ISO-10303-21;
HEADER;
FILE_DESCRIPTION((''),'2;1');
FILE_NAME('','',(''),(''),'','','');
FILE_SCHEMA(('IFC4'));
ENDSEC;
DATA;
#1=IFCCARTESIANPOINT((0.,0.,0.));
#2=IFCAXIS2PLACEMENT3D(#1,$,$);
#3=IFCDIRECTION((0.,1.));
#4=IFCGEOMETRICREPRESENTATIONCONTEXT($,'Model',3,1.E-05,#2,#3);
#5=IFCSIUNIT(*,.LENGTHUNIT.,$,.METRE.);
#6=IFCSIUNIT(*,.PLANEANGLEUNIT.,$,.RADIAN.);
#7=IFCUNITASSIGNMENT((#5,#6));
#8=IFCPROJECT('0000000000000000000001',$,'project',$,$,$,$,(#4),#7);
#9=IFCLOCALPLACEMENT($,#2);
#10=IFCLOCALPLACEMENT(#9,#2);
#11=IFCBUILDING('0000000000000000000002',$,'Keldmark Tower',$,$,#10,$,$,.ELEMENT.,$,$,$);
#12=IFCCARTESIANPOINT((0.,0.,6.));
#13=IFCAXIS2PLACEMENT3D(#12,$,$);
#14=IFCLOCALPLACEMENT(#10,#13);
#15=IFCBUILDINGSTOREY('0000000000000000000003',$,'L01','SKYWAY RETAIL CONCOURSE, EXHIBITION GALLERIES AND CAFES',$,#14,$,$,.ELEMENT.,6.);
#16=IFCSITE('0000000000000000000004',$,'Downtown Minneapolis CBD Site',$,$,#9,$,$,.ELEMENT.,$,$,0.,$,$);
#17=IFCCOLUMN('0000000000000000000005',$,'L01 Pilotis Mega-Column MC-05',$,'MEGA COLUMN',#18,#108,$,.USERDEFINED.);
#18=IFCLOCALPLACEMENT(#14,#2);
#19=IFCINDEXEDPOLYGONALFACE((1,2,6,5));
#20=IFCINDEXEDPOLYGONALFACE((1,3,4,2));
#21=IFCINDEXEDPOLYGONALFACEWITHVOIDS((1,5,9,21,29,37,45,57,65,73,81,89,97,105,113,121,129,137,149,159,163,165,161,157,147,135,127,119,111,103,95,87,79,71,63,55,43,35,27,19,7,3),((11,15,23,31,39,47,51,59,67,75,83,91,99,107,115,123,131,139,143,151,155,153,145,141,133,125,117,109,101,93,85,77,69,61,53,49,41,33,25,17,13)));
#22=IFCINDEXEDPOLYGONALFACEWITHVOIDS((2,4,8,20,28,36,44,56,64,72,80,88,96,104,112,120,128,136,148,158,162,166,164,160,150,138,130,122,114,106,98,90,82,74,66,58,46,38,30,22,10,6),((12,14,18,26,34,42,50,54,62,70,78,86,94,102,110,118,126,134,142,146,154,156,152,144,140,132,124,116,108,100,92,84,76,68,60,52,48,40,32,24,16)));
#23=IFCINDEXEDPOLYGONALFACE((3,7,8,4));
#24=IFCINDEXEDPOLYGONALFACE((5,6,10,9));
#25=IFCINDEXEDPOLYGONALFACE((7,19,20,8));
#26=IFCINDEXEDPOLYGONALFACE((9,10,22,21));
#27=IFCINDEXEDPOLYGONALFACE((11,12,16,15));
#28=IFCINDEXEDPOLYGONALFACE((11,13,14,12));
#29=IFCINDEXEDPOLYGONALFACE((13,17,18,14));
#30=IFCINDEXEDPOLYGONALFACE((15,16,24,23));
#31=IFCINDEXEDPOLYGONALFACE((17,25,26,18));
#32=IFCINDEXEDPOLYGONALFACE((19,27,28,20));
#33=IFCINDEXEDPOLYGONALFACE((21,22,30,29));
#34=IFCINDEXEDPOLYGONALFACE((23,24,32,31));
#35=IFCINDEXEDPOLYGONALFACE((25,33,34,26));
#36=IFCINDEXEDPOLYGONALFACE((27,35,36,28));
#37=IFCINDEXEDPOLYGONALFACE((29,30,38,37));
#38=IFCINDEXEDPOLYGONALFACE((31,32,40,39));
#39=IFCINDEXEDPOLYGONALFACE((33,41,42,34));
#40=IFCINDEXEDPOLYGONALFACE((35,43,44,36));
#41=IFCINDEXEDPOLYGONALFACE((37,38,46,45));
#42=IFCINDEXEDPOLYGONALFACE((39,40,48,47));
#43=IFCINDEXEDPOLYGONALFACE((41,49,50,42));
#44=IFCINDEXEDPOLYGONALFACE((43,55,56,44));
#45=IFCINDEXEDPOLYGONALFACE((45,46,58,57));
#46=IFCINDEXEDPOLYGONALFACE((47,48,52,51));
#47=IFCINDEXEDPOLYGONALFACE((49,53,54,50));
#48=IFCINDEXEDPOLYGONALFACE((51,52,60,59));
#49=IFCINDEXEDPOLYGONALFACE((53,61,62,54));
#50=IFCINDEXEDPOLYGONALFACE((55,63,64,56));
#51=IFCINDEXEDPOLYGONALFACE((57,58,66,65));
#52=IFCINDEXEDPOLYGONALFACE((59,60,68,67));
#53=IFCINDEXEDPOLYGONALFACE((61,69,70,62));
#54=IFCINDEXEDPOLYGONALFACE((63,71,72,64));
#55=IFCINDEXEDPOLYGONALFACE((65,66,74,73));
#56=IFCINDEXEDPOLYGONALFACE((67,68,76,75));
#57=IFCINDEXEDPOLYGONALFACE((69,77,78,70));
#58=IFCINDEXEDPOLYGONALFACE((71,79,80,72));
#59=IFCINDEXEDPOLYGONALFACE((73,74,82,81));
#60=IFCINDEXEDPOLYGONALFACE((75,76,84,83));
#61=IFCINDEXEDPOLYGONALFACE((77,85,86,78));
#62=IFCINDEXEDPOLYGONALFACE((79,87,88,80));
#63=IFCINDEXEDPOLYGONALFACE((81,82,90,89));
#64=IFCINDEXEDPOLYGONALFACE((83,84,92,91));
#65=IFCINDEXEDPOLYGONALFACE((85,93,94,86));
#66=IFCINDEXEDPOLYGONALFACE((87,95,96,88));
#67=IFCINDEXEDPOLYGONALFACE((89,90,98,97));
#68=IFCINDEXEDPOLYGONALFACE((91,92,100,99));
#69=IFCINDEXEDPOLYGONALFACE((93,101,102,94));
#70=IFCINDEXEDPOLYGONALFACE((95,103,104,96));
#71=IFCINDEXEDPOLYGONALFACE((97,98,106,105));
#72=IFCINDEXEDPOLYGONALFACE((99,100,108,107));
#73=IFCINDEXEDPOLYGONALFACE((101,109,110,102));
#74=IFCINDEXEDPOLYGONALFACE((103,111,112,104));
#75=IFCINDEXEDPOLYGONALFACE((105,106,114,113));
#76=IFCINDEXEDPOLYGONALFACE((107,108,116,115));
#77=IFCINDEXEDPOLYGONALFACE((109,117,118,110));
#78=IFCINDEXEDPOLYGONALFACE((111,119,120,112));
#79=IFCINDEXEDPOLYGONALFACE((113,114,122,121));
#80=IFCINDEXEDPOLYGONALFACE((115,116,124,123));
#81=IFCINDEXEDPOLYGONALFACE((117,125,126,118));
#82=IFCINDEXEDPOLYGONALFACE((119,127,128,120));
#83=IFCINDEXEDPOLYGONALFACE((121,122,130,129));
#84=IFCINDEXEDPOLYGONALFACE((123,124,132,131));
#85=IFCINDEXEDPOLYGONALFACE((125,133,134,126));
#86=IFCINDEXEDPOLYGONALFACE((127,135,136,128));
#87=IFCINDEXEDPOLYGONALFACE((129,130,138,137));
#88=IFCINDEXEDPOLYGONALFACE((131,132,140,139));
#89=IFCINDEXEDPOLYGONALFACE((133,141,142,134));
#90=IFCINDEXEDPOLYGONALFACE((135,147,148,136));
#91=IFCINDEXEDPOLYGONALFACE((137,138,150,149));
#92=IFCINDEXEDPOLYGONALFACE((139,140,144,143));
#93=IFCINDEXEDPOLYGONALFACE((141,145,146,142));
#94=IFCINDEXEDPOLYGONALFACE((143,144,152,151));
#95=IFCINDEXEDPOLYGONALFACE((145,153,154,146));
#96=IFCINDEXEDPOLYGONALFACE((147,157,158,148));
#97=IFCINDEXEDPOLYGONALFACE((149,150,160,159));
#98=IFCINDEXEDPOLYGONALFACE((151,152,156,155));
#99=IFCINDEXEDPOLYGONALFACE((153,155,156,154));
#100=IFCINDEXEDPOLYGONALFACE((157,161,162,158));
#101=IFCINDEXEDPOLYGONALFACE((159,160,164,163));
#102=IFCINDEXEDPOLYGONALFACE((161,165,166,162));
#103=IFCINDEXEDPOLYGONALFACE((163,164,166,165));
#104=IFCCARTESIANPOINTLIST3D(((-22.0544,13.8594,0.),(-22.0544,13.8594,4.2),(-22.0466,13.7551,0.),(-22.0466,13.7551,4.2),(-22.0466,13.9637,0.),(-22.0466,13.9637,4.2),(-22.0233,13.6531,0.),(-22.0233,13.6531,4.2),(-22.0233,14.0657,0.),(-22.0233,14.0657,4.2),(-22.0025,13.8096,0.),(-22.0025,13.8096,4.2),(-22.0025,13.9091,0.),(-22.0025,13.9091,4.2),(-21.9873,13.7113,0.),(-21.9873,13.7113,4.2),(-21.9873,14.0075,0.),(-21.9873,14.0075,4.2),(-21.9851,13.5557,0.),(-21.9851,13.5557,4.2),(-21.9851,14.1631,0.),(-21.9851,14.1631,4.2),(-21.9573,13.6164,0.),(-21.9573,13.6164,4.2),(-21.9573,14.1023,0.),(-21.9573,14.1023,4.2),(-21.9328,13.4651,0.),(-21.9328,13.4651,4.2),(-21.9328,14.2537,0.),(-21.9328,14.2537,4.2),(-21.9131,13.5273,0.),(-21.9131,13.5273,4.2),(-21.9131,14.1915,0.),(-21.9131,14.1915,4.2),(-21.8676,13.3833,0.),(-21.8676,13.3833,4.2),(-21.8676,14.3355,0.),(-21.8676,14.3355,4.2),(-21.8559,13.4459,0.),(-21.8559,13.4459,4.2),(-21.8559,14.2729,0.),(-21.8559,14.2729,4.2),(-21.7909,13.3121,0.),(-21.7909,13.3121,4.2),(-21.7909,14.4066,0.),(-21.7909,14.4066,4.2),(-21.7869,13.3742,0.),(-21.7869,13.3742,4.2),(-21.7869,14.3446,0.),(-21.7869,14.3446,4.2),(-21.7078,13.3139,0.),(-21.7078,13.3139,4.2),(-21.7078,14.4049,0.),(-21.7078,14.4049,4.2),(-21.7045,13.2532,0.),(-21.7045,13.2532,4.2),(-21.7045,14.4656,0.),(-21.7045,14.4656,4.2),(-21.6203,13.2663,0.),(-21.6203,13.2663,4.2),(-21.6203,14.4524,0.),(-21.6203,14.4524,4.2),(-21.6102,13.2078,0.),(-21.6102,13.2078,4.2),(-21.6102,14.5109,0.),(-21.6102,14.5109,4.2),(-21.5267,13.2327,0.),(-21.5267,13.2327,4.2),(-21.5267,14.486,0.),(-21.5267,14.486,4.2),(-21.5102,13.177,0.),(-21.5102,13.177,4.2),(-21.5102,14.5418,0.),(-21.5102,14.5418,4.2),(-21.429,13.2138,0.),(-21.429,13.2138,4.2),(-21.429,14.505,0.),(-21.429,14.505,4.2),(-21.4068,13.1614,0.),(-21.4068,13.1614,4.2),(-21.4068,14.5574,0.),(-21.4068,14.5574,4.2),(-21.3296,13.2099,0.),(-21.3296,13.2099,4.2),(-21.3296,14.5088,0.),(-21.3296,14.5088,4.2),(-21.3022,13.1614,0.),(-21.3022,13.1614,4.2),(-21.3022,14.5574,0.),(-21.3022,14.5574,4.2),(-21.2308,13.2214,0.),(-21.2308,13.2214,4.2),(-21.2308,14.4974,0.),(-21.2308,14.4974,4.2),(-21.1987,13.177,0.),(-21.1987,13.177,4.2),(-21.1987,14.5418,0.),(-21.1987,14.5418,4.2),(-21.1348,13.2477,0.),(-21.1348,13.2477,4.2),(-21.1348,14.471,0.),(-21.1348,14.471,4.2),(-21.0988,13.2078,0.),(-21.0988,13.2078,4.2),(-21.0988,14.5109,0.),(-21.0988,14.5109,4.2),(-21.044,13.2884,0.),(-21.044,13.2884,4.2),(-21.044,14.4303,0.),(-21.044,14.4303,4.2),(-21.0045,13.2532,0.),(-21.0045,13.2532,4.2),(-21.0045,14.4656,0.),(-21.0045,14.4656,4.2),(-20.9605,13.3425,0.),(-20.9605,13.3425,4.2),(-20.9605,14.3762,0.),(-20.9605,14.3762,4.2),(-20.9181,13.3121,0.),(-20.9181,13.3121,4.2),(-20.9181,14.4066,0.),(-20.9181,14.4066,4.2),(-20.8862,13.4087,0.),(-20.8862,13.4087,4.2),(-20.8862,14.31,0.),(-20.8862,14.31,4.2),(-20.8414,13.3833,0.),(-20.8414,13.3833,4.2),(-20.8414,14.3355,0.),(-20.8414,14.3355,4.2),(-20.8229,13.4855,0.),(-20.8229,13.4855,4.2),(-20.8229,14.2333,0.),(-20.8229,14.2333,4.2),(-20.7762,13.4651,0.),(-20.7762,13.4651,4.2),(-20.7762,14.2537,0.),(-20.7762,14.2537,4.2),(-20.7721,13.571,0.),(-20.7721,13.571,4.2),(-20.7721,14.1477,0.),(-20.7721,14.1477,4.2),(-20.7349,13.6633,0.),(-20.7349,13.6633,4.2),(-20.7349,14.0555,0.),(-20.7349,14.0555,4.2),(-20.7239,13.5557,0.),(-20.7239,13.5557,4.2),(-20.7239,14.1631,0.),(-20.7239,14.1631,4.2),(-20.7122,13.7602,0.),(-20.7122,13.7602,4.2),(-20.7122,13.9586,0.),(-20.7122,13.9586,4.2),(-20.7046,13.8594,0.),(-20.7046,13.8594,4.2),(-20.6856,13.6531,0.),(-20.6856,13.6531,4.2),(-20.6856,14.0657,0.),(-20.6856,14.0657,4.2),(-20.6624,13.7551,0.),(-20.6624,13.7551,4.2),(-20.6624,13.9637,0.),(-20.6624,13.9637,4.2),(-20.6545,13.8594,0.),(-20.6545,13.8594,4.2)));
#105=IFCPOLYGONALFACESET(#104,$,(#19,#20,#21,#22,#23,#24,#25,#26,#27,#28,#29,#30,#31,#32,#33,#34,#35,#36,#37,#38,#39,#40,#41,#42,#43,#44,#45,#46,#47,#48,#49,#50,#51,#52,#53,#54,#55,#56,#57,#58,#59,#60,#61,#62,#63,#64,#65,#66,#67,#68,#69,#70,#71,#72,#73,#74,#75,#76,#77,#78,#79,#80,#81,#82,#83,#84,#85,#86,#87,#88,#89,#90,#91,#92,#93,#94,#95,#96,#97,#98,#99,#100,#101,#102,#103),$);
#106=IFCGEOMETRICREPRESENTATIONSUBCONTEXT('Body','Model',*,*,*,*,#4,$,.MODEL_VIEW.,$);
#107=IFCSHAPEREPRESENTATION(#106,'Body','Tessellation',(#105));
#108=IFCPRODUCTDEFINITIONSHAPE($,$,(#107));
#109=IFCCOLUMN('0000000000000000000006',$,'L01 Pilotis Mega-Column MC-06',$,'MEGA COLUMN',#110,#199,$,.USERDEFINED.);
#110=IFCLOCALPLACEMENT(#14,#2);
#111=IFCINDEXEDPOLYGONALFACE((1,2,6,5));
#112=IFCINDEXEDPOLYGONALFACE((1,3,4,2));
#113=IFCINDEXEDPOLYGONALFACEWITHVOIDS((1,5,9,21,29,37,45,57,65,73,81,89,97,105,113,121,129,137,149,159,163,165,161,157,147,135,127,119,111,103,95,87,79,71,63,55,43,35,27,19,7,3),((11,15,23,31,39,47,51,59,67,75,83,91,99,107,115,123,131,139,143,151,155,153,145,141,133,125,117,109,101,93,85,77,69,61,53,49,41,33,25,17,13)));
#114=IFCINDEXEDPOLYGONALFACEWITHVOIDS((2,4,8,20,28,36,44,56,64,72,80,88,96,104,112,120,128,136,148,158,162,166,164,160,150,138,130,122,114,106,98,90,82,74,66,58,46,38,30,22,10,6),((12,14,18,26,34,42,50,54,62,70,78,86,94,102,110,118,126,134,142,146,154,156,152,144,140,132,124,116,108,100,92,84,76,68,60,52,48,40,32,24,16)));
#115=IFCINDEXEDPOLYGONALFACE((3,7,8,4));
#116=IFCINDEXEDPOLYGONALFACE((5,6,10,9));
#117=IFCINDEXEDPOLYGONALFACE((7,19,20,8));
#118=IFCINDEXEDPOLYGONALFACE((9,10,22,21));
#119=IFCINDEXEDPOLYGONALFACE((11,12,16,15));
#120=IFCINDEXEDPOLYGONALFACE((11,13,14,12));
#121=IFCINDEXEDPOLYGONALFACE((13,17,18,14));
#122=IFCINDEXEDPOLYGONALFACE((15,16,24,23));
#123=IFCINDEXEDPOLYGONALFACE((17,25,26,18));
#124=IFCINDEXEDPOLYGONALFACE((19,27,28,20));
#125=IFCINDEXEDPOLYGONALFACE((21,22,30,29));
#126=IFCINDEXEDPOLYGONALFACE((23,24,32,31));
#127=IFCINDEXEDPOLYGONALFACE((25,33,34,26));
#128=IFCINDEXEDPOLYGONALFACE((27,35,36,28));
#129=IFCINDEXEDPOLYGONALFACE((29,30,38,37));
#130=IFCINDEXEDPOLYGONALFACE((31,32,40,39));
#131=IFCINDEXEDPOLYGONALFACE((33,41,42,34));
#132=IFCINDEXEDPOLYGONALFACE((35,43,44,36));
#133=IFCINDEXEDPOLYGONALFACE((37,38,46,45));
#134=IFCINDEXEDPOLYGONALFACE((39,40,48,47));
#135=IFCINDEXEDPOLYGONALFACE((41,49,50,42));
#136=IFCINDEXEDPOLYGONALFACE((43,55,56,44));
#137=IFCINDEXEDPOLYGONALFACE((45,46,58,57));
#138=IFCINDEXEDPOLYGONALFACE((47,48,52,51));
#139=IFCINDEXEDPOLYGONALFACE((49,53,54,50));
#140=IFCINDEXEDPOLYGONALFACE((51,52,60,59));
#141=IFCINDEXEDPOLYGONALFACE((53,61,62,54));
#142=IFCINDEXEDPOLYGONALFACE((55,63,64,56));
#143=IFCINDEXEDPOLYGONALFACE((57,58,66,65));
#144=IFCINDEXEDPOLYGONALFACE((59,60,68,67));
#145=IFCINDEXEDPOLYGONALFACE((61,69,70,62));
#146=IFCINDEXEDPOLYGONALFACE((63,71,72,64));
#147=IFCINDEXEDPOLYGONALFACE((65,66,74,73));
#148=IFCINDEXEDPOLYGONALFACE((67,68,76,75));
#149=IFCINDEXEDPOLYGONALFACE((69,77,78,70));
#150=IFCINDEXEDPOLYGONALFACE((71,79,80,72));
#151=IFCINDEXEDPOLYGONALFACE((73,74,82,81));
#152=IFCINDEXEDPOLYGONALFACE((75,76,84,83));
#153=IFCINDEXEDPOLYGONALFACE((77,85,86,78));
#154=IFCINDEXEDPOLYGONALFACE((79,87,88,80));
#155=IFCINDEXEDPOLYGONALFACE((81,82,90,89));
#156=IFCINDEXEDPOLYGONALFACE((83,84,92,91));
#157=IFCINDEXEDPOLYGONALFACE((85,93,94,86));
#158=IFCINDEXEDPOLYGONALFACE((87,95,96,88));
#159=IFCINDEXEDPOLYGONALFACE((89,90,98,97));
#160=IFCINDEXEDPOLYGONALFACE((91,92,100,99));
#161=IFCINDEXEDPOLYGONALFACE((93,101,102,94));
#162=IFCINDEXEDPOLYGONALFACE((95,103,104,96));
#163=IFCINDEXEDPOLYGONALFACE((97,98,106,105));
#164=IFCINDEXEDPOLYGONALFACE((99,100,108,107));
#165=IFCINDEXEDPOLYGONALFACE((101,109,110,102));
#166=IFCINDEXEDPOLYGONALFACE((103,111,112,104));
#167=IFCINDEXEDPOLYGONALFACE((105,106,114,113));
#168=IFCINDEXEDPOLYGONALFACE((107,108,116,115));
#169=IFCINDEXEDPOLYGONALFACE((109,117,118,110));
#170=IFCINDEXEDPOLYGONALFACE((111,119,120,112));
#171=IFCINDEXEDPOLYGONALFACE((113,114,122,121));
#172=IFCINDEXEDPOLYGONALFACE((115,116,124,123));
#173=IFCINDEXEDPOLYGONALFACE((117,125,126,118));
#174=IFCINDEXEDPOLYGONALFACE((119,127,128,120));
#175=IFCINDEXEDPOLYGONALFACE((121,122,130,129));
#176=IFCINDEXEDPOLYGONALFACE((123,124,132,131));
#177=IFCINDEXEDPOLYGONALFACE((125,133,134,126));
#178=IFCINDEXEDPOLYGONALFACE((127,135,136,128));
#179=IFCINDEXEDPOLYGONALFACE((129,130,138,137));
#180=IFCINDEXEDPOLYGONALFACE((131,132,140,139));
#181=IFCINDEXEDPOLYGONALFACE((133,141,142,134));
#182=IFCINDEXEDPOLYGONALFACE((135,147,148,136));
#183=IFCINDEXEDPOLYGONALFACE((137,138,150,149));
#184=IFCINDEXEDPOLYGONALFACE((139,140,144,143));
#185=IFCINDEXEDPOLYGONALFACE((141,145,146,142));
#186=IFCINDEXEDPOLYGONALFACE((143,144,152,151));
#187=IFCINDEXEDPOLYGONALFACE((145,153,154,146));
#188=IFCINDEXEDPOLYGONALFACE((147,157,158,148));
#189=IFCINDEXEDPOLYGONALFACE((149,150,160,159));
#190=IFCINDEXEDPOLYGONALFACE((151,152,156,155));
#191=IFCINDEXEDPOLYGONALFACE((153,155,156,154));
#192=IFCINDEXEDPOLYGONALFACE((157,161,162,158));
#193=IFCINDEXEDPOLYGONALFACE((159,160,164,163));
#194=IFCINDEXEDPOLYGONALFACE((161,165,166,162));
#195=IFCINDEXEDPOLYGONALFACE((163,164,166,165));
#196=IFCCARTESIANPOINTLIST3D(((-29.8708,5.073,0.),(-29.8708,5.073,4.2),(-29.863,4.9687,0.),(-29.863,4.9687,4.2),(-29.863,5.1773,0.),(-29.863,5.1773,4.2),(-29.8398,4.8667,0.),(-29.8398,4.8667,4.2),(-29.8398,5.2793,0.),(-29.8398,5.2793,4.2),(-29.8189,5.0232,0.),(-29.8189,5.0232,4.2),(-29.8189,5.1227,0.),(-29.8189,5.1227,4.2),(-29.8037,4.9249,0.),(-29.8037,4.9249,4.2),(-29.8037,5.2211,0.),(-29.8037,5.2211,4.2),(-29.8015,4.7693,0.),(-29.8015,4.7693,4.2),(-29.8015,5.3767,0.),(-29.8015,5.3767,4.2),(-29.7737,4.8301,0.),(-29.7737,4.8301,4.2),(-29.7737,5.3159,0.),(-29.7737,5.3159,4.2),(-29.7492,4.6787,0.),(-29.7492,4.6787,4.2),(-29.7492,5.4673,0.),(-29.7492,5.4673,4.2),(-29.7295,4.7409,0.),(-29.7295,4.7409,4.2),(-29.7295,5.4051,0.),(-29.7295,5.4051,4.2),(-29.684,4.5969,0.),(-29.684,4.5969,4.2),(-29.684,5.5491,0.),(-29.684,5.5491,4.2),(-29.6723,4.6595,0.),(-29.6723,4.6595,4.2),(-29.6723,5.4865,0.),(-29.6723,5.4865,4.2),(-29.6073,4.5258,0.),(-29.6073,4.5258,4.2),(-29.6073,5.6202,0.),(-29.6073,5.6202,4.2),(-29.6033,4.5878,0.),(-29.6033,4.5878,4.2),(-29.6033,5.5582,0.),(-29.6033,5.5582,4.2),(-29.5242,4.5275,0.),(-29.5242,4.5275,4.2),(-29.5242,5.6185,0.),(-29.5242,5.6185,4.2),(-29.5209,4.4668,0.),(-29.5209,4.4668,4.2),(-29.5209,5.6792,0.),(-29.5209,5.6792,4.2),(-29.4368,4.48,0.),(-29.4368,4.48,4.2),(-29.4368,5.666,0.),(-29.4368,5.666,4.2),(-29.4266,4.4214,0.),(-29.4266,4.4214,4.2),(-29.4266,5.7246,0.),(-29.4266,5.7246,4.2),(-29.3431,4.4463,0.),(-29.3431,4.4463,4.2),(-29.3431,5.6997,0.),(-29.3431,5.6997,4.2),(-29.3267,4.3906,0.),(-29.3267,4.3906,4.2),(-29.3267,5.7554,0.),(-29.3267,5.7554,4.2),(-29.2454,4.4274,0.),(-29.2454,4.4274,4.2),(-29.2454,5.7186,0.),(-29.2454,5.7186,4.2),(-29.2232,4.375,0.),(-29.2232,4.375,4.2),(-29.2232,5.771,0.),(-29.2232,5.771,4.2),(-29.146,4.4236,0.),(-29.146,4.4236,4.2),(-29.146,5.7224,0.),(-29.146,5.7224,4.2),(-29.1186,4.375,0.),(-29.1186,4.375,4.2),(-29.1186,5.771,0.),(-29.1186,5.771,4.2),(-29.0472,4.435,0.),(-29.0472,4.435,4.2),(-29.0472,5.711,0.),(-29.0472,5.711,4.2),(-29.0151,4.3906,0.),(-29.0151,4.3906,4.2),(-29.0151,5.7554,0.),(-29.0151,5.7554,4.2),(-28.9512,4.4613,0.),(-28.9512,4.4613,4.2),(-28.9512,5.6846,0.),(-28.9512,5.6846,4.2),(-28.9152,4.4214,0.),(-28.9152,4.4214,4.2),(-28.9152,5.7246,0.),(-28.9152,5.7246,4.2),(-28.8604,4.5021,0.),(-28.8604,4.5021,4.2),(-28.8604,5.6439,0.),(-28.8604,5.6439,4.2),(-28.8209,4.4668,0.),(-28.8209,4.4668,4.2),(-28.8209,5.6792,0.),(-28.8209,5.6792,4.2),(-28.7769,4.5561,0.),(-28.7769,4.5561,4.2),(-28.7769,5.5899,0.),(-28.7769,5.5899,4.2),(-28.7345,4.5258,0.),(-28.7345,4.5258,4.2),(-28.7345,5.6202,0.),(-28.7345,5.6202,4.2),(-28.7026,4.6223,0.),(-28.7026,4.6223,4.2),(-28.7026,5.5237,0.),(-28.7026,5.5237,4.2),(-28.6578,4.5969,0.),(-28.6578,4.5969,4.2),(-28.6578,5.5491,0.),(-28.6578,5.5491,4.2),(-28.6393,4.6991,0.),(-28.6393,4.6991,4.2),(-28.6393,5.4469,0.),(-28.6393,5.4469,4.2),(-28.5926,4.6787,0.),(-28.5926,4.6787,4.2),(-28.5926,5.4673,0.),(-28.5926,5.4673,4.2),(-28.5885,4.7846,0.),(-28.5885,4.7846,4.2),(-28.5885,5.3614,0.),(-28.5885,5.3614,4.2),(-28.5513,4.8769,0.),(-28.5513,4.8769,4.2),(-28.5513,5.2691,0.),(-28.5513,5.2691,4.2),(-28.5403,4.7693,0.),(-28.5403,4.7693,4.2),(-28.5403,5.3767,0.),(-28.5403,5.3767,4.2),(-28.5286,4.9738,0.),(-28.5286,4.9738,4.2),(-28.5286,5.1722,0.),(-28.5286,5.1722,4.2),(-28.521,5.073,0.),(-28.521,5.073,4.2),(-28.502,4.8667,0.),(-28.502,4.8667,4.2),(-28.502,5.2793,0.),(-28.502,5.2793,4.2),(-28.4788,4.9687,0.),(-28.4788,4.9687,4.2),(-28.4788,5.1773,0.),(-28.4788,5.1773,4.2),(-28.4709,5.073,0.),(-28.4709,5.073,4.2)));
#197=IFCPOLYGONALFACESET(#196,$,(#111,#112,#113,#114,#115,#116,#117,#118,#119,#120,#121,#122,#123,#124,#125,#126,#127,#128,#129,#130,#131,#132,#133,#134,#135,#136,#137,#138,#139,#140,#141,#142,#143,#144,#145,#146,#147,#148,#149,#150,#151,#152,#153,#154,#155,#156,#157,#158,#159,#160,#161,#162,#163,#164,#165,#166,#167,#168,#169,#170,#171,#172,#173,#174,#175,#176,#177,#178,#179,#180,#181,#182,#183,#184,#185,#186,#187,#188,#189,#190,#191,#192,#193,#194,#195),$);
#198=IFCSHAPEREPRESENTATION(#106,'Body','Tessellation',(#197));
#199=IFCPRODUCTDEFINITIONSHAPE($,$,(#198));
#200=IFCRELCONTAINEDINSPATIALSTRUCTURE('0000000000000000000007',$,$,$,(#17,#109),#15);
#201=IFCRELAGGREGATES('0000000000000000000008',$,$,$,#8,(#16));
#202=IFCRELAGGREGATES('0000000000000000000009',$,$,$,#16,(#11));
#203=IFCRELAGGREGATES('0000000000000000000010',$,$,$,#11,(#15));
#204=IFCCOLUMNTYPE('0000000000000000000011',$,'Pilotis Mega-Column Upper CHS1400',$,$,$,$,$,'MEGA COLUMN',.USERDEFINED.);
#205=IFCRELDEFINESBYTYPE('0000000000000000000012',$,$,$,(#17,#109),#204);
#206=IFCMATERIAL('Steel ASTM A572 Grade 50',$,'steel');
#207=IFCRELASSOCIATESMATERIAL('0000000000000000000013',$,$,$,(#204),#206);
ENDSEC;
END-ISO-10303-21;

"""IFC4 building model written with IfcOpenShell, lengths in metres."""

from ifc_helpers import new_model, si_unit, direction, frame, origin, origin_2d, place, context, subcontext, project, spatial, hollow_circle, extrude, material, material_profile, profile_set, type_object, element, save


model = new_model("IFC4")

# Units and contexts
model_context = context("Model", 3, precision=1e-05, world=origin(), true_north=direction((0.0, 1.0)))
body_context = subcontext(model_context, "Body", "Model", "MODEL_VIEW")
ifc_project = project(units=[si_unit("LENGTHUNIT", "METRE"), si_unit("PLANEANGLEUNIT", "RADIAN")], contexts=[model_context])

# Site, building, storey
site_placement = place(None, origin())
site = spatial("IfcSite", under=ifc_project, at=site_placement, Name="Downtown Minneapolis CBD Site", CompositionType="ELEMENT", RefElevation=0.0)
building_placement = place(site_placement, origin())
building = spatial("IfcBuilding", under=site, at=building_placement, Name="Keldmark Tower", CompositionType="ELEMENT")
storey_placement = place(building_placement, frame((0.0, 0.0, 6.0)))
storey = spatial("IfcBuildingStorey", under=building, at=storey_placement, Name="L01", Description="SKYWAY RETAIL CONCOURSE, EXHIBITION GALLERIES AND CAFES", CompositionType="ELEMENT", Elevation=6.0)

# Columns
ifc_material_1 = material(Name="Steel ASTM A572 Grade 50", Category="steel")
ifc_material_profile_1 = material_profile(ifc_material_1, hollow_circle(Radius=0.7, WallThickness=0.05, at=origin_2d()), Name="CHS1400X50")
ifc_profile_set_1 = profile_set([ifc_material_profile_1], Name="Steel ASTM A572 Grade 50")
column_type = type_object("IfcColumnType", Name="Pilotis Mega-Column Upper CHS1400", ElementType="MEGA COLUMN", PredefinedType="USERDEFINED", material=ifc_profile_set_1)
for number, where, z_axis, x_axis, name in (
    (1, (-21.3545, 13.8594, 0.0), (0.0, 0.0, 1.0), (1.0, 0.0, 0.0), "L01 Pilotis Mega-Column MC-05"),
    (2, (-29.1709, 5.073, 0.0), (0.0, 0.0, 1.0), (1.0, 0.0, 0.0), "L01 Pilotis Mega-Column MC-06"),
):
    element("IfcColumn", number, at=place(storey_placement, frame(where, z_axis=z_axis, x_axis=x_axis)), inside=storey, type_object=column_type, Name=name, ObjectType="MEGA COLUMN", PredefinedType="USERDEFINED", context=body_context, shape_type="SweptSolid", body=[
        extrude(hollow_circle(Radius=0.7, WallThickness=0.05, at=origin_2d()), origin(), (0.0, 0.0, 1.0), 4.2),
    ])

save(model, "model.ifc")
